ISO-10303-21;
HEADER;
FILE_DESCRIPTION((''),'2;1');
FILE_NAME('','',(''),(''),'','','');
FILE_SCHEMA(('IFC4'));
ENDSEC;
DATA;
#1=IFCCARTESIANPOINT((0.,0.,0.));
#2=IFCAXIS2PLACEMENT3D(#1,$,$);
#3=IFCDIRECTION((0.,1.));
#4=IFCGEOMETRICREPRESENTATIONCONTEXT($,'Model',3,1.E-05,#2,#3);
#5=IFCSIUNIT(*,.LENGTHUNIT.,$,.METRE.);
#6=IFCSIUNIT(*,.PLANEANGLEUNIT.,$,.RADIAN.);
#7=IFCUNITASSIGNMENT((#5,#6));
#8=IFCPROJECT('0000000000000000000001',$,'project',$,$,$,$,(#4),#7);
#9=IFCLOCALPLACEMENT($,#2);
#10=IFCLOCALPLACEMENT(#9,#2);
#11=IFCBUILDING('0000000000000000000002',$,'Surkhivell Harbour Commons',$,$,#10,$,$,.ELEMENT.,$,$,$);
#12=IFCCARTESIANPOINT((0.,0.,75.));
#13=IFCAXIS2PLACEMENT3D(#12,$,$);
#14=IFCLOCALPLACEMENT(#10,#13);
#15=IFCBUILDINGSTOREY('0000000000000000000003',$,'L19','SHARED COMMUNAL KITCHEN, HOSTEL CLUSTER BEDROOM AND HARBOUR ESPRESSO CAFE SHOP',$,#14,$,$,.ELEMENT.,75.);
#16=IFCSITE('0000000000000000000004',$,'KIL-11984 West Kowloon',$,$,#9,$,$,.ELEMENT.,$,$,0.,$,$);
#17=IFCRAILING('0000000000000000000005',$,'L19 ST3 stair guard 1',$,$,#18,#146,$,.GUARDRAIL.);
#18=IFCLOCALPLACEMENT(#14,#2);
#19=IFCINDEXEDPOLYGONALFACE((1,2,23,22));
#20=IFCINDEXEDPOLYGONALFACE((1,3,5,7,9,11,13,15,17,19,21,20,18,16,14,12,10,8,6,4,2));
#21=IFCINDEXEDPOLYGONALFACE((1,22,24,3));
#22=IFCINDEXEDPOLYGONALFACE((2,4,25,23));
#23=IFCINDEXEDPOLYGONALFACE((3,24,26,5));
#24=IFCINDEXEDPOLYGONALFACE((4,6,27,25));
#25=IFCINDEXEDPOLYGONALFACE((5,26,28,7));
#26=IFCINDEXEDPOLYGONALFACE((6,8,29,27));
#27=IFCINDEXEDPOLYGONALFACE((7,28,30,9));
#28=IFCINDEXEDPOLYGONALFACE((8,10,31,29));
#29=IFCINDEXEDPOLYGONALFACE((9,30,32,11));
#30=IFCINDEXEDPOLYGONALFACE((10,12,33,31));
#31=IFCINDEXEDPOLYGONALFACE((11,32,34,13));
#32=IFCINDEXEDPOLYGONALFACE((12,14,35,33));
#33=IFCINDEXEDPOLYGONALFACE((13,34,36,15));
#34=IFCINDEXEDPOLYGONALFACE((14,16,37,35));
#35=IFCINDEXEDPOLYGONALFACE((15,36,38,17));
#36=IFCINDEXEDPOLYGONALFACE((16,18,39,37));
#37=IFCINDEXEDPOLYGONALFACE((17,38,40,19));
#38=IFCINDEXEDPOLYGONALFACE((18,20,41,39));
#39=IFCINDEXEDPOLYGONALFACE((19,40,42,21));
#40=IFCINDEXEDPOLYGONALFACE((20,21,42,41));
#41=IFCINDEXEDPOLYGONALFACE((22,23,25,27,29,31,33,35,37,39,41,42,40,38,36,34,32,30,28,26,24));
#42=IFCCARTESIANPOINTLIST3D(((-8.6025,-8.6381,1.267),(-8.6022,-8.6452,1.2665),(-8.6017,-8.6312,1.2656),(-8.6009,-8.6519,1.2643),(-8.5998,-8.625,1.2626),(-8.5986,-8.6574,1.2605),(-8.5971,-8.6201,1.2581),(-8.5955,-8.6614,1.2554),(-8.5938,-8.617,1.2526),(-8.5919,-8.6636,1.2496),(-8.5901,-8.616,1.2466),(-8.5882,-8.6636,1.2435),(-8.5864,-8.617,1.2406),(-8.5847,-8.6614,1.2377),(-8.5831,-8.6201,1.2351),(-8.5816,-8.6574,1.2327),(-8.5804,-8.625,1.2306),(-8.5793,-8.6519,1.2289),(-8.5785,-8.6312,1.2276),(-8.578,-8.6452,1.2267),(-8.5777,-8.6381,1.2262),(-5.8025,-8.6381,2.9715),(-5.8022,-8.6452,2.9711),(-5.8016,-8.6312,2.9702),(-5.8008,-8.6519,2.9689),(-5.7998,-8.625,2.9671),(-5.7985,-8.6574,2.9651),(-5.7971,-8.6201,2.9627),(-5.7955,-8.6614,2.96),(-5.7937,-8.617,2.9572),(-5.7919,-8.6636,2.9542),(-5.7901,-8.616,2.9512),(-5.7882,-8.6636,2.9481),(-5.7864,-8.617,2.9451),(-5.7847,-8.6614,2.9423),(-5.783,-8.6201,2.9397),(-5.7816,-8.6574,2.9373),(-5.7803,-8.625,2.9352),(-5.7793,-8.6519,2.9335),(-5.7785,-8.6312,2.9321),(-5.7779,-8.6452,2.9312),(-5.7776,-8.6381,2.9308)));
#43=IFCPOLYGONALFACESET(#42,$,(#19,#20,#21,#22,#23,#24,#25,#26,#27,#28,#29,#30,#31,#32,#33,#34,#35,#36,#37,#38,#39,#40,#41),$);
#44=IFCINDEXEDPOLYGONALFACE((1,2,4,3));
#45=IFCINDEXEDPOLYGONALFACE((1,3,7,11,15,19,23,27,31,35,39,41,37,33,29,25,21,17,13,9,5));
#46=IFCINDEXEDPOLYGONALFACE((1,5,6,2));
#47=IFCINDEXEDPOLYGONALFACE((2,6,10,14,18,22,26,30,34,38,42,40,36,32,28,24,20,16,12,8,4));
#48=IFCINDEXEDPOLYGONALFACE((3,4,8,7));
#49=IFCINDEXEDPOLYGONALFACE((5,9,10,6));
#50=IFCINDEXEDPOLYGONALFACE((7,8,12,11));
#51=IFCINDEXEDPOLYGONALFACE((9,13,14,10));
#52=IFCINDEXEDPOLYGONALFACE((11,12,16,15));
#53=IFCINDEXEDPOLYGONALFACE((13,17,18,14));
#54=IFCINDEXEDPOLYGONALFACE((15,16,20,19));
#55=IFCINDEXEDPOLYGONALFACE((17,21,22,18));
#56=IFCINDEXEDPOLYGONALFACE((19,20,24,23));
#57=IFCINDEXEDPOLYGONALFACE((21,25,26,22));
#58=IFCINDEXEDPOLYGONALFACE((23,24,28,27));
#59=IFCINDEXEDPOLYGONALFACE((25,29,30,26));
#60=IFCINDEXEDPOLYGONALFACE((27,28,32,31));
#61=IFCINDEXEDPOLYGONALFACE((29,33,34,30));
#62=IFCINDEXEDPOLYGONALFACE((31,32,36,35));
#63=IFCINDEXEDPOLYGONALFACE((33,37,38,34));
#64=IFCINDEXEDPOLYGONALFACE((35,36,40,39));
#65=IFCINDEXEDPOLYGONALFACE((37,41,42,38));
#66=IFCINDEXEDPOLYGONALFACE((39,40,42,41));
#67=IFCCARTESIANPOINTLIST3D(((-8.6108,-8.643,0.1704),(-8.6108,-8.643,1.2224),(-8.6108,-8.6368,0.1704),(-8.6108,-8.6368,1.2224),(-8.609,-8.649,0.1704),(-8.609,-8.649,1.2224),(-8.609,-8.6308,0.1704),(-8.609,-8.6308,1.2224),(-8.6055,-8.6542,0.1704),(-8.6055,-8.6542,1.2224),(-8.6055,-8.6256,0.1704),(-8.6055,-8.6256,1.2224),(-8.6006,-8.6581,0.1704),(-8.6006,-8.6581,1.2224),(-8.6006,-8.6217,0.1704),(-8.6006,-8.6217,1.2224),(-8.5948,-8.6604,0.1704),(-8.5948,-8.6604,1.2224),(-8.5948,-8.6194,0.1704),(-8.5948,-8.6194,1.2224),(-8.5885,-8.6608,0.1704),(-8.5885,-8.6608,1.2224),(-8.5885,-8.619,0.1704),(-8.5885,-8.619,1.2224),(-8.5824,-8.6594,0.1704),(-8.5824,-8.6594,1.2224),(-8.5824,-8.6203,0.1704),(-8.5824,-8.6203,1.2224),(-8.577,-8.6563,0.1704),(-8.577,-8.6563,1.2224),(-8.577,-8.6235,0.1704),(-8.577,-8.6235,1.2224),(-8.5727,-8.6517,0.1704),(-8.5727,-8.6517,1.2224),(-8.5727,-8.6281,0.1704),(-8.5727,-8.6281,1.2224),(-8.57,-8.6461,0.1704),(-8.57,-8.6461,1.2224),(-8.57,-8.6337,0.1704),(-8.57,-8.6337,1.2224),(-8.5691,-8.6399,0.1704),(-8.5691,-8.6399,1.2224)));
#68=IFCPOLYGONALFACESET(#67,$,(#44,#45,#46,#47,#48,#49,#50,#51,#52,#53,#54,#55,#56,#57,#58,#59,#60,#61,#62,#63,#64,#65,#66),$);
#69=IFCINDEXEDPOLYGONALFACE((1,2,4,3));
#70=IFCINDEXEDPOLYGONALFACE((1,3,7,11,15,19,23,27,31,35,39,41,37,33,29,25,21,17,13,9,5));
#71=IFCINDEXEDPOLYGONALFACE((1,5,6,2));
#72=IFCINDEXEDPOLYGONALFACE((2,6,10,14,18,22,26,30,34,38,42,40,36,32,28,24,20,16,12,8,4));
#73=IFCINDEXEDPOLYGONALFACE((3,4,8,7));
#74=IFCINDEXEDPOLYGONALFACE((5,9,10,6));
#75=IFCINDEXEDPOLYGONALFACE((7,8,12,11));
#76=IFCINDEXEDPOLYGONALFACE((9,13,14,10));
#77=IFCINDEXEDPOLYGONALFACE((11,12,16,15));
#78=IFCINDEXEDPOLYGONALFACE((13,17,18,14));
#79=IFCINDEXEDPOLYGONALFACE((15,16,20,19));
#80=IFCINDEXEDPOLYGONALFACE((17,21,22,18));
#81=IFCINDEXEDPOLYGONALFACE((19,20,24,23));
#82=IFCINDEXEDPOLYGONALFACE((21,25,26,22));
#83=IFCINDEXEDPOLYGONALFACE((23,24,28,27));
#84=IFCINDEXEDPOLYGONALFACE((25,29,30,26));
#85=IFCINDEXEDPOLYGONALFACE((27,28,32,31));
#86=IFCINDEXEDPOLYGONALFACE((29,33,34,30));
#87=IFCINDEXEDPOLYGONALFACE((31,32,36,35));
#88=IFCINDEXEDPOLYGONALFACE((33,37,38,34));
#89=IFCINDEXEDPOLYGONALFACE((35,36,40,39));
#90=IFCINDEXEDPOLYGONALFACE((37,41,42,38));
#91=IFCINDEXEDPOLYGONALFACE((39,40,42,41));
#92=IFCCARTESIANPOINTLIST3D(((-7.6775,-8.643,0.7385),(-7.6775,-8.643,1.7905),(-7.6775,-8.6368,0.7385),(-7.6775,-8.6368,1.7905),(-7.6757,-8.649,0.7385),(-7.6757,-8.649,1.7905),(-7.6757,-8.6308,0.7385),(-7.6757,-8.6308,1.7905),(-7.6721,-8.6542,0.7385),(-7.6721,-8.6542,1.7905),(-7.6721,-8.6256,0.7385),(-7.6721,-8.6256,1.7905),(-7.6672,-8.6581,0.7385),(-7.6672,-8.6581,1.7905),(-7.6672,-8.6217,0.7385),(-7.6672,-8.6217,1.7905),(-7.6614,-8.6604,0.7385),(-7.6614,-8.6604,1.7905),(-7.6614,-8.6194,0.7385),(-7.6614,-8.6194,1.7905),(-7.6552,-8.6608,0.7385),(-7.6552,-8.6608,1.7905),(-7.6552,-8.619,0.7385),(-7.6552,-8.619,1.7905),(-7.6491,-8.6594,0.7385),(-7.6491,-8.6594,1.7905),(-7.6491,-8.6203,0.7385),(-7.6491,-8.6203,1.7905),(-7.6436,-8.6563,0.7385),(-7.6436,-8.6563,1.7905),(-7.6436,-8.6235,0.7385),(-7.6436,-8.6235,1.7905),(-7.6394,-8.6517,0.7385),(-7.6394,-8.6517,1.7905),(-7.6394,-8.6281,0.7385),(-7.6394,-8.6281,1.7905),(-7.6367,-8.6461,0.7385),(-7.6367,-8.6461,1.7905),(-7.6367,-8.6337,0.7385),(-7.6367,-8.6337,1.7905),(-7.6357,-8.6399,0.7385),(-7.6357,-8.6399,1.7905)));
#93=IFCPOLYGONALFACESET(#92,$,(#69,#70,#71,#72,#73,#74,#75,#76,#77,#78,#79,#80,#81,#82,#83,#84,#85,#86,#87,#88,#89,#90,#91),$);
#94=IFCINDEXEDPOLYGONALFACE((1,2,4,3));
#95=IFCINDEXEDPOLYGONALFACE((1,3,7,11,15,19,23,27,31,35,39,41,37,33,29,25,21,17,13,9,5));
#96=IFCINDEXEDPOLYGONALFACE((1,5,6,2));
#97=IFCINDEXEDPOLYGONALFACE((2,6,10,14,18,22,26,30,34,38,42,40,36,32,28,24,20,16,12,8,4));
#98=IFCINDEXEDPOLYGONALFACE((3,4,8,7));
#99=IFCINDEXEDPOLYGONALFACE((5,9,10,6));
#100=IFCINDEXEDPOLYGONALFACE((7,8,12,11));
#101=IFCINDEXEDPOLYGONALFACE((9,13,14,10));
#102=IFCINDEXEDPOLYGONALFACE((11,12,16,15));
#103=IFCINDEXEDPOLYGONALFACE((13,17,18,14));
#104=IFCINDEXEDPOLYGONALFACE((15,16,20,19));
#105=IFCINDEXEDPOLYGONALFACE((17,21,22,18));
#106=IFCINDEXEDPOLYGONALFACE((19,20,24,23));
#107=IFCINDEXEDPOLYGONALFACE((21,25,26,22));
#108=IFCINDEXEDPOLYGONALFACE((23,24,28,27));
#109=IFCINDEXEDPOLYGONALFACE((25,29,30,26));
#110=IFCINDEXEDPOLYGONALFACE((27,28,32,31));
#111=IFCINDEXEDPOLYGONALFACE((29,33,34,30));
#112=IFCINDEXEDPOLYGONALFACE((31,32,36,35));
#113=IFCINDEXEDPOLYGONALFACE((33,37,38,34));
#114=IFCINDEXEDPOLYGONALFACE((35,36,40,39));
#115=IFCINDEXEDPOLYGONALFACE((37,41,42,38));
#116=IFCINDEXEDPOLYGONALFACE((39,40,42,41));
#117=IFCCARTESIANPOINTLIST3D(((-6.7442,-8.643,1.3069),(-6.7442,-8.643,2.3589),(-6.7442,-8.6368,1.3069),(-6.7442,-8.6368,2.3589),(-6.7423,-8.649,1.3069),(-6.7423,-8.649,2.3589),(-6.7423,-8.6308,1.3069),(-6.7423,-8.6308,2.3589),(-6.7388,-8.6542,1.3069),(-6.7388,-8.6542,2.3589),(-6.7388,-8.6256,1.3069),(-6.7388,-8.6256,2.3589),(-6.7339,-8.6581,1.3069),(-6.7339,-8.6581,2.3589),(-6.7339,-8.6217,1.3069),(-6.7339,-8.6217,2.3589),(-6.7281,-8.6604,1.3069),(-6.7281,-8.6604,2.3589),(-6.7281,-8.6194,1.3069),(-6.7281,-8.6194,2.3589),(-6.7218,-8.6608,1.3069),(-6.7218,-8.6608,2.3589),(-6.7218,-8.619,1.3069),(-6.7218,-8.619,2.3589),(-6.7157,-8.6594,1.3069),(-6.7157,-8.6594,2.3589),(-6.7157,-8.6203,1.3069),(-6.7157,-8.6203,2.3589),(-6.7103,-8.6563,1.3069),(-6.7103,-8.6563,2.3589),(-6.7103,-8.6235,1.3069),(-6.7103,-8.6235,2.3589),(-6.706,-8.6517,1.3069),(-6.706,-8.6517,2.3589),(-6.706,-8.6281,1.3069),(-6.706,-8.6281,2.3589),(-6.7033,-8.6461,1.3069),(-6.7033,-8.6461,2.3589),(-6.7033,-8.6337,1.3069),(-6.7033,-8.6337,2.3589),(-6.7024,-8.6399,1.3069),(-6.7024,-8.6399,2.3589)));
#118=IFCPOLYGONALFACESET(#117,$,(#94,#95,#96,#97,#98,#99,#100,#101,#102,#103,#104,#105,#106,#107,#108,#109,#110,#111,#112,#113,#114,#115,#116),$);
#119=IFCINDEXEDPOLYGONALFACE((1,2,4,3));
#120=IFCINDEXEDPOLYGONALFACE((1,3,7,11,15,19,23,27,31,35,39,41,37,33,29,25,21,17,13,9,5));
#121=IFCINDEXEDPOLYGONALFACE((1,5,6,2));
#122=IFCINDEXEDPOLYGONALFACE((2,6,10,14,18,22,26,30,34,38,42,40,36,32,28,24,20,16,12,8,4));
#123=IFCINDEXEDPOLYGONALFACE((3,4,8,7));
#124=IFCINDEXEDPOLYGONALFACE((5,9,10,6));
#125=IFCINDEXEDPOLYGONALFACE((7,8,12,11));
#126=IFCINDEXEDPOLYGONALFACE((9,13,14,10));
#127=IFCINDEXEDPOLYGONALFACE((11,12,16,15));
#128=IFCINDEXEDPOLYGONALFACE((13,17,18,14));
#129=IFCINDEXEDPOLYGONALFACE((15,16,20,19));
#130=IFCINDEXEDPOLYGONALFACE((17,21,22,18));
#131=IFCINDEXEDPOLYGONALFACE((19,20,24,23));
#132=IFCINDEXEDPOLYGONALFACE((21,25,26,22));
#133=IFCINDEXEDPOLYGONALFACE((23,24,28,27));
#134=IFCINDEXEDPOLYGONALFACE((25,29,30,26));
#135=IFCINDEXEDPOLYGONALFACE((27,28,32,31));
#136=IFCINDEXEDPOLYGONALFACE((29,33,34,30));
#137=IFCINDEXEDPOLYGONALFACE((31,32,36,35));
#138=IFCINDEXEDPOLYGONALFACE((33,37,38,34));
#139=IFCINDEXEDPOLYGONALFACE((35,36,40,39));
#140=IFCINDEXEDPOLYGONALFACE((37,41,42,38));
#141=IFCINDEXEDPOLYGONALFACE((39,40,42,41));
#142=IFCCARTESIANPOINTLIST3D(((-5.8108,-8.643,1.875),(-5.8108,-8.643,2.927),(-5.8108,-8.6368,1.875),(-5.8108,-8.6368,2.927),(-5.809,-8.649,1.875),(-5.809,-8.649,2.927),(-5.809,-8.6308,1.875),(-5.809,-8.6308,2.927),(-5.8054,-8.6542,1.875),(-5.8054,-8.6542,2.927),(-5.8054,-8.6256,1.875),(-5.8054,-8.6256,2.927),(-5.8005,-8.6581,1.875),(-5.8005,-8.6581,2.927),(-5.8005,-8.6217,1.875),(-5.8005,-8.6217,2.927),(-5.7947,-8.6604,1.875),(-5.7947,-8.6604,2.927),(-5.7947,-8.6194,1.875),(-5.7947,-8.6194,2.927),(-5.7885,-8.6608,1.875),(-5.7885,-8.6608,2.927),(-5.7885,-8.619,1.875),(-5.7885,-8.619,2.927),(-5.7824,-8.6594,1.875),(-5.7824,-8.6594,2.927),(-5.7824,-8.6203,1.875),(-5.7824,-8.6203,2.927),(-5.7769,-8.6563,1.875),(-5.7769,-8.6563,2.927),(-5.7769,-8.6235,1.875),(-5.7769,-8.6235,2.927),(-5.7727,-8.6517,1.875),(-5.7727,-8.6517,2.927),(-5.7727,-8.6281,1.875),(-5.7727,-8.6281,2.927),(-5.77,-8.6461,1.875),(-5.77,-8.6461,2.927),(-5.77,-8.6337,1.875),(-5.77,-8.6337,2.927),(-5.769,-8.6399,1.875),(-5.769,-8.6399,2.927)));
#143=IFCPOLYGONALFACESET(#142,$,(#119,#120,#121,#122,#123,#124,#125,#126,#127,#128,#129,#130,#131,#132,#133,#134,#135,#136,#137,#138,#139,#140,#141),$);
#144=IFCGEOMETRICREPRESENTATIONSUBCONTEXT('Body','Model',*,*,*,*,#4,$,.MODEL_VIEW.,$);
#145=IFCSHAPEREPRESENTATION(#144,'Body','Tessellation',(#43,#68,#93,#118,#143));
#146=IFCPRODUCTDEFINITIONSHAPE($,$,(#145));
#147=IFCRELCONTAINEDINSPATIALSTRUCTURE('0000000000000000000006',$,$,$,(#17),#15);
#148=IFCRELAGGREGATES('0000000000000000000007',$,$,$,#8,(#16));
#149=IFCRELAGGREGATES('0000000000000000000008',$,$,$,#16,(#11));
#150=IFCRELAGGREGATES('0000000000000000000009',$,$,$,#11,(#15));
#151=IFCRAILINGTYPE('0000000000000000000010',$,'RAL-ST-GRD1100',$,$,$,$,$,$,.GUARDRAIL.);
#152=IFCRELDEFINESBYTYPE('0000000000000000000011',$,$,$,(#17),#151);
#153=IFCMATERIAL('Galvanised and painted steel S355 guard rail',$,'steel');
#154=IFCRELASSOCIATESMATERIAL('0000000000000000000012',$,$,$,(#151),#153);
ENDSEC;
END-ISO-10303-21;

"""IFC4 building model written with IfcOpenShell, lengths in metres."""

from ifc_helpers import new_model, si_unit, direction, frame, origin, origin_2d, place, context, subcontext, project, spatial, circle, extrude, material, type_object, element, save


model = new_model("IFC4")

# Units and contexts
model_context = context("Model", 3, precision=1e-05, world=origin(), true_north=direction((0.0, 1.0)))
body_context = subcontext(model_context, "Body", "Model", "MODEL_VIEW")
ifc_project = project(units=[si_unit("LENGTHUNIT", "METRE"), si_unit("PLANEANGLEUNIT", "RADIAN")], contexts=[model_context])

# Site, building, storey
site_placement = place(None, origin())
site = spatial("IfcSite", under=ifc_project, at=site_placement, Name="KIL-11984 West Kowloon", CompositionType="ELEMENT", RefElevation=0.0)
building_placement = place(site_placement, origin())
building = spatial("IfcBuilding", under=site, at=building_placement, Name="Surkhivell Harbour Commons", CompositionType="ELEMENT")
storey_placement = place(building_placement, frame((0.0, 0.0, 75.0)))
storey = spatial("IfcBuildingStorey", under=building, at=storey_placement, Name="L19", Description="SHARED COMMUNAL KITCHEN, HOSTEL CLUSTER BEDROOM AND HARBOUR ESPRESSO CAFE SHOP", CompositionType="ELEMENT", Elevation=75.0)

# Railing
ifc_material_1 = material(Name="Galvanised and painted steel S355 guard rail", Category="steel")
railing_type_1 = type_object("IfcRailingType", Name="RAL-ST-GRD1100", PredefinedType="GUARDRAIL", material=ifc_material_1)
railing_1_placement = place(storey_placement, frame((-8.5901, -8.6399, 0.1704)))
element("IfcRailing", 1, at=railing_1_placement, inside=storey, type_object=railing_type_1, Name="L19 ST3 stair guard 1", PredefinedType="GUARDRAIL", context=body_context, shape_type="SweptSolid", body=[
    extrude(circle(Radius=0.0239, at=origin_2d()), frame((0.0, 0.0, 1.0762), z_axis=(0.85417, 0.0, 0.519994), x_axis=(0.0, 1.0, 0.0)), (0.0, 0.0, 1.0), 3.2781),
    extrude(circle(Radius=0.021, at=origin_2d()), origin(), (0.0, 0.0, 1.0), 1.052),
    extrude(circle(Radius=0.021, at=origin_2d()), frame((0.9333, 0.0, 0.5681)), (0.0, 0.0, 1.0), 1.052),
    extrude(circle(Radius=0.021, at=origin_2d()), frame((1.8667, 0.0, 1.1365)), (0.0, 0.0, 1.0), 1.052),
    extrude(circle(Radius=0.021, at=origin_2d()), frame((2.8, 0.0, 1.7046)), (0.0, 0.0, 1.0), 1.052),
])

save(model, "model.ifc")
